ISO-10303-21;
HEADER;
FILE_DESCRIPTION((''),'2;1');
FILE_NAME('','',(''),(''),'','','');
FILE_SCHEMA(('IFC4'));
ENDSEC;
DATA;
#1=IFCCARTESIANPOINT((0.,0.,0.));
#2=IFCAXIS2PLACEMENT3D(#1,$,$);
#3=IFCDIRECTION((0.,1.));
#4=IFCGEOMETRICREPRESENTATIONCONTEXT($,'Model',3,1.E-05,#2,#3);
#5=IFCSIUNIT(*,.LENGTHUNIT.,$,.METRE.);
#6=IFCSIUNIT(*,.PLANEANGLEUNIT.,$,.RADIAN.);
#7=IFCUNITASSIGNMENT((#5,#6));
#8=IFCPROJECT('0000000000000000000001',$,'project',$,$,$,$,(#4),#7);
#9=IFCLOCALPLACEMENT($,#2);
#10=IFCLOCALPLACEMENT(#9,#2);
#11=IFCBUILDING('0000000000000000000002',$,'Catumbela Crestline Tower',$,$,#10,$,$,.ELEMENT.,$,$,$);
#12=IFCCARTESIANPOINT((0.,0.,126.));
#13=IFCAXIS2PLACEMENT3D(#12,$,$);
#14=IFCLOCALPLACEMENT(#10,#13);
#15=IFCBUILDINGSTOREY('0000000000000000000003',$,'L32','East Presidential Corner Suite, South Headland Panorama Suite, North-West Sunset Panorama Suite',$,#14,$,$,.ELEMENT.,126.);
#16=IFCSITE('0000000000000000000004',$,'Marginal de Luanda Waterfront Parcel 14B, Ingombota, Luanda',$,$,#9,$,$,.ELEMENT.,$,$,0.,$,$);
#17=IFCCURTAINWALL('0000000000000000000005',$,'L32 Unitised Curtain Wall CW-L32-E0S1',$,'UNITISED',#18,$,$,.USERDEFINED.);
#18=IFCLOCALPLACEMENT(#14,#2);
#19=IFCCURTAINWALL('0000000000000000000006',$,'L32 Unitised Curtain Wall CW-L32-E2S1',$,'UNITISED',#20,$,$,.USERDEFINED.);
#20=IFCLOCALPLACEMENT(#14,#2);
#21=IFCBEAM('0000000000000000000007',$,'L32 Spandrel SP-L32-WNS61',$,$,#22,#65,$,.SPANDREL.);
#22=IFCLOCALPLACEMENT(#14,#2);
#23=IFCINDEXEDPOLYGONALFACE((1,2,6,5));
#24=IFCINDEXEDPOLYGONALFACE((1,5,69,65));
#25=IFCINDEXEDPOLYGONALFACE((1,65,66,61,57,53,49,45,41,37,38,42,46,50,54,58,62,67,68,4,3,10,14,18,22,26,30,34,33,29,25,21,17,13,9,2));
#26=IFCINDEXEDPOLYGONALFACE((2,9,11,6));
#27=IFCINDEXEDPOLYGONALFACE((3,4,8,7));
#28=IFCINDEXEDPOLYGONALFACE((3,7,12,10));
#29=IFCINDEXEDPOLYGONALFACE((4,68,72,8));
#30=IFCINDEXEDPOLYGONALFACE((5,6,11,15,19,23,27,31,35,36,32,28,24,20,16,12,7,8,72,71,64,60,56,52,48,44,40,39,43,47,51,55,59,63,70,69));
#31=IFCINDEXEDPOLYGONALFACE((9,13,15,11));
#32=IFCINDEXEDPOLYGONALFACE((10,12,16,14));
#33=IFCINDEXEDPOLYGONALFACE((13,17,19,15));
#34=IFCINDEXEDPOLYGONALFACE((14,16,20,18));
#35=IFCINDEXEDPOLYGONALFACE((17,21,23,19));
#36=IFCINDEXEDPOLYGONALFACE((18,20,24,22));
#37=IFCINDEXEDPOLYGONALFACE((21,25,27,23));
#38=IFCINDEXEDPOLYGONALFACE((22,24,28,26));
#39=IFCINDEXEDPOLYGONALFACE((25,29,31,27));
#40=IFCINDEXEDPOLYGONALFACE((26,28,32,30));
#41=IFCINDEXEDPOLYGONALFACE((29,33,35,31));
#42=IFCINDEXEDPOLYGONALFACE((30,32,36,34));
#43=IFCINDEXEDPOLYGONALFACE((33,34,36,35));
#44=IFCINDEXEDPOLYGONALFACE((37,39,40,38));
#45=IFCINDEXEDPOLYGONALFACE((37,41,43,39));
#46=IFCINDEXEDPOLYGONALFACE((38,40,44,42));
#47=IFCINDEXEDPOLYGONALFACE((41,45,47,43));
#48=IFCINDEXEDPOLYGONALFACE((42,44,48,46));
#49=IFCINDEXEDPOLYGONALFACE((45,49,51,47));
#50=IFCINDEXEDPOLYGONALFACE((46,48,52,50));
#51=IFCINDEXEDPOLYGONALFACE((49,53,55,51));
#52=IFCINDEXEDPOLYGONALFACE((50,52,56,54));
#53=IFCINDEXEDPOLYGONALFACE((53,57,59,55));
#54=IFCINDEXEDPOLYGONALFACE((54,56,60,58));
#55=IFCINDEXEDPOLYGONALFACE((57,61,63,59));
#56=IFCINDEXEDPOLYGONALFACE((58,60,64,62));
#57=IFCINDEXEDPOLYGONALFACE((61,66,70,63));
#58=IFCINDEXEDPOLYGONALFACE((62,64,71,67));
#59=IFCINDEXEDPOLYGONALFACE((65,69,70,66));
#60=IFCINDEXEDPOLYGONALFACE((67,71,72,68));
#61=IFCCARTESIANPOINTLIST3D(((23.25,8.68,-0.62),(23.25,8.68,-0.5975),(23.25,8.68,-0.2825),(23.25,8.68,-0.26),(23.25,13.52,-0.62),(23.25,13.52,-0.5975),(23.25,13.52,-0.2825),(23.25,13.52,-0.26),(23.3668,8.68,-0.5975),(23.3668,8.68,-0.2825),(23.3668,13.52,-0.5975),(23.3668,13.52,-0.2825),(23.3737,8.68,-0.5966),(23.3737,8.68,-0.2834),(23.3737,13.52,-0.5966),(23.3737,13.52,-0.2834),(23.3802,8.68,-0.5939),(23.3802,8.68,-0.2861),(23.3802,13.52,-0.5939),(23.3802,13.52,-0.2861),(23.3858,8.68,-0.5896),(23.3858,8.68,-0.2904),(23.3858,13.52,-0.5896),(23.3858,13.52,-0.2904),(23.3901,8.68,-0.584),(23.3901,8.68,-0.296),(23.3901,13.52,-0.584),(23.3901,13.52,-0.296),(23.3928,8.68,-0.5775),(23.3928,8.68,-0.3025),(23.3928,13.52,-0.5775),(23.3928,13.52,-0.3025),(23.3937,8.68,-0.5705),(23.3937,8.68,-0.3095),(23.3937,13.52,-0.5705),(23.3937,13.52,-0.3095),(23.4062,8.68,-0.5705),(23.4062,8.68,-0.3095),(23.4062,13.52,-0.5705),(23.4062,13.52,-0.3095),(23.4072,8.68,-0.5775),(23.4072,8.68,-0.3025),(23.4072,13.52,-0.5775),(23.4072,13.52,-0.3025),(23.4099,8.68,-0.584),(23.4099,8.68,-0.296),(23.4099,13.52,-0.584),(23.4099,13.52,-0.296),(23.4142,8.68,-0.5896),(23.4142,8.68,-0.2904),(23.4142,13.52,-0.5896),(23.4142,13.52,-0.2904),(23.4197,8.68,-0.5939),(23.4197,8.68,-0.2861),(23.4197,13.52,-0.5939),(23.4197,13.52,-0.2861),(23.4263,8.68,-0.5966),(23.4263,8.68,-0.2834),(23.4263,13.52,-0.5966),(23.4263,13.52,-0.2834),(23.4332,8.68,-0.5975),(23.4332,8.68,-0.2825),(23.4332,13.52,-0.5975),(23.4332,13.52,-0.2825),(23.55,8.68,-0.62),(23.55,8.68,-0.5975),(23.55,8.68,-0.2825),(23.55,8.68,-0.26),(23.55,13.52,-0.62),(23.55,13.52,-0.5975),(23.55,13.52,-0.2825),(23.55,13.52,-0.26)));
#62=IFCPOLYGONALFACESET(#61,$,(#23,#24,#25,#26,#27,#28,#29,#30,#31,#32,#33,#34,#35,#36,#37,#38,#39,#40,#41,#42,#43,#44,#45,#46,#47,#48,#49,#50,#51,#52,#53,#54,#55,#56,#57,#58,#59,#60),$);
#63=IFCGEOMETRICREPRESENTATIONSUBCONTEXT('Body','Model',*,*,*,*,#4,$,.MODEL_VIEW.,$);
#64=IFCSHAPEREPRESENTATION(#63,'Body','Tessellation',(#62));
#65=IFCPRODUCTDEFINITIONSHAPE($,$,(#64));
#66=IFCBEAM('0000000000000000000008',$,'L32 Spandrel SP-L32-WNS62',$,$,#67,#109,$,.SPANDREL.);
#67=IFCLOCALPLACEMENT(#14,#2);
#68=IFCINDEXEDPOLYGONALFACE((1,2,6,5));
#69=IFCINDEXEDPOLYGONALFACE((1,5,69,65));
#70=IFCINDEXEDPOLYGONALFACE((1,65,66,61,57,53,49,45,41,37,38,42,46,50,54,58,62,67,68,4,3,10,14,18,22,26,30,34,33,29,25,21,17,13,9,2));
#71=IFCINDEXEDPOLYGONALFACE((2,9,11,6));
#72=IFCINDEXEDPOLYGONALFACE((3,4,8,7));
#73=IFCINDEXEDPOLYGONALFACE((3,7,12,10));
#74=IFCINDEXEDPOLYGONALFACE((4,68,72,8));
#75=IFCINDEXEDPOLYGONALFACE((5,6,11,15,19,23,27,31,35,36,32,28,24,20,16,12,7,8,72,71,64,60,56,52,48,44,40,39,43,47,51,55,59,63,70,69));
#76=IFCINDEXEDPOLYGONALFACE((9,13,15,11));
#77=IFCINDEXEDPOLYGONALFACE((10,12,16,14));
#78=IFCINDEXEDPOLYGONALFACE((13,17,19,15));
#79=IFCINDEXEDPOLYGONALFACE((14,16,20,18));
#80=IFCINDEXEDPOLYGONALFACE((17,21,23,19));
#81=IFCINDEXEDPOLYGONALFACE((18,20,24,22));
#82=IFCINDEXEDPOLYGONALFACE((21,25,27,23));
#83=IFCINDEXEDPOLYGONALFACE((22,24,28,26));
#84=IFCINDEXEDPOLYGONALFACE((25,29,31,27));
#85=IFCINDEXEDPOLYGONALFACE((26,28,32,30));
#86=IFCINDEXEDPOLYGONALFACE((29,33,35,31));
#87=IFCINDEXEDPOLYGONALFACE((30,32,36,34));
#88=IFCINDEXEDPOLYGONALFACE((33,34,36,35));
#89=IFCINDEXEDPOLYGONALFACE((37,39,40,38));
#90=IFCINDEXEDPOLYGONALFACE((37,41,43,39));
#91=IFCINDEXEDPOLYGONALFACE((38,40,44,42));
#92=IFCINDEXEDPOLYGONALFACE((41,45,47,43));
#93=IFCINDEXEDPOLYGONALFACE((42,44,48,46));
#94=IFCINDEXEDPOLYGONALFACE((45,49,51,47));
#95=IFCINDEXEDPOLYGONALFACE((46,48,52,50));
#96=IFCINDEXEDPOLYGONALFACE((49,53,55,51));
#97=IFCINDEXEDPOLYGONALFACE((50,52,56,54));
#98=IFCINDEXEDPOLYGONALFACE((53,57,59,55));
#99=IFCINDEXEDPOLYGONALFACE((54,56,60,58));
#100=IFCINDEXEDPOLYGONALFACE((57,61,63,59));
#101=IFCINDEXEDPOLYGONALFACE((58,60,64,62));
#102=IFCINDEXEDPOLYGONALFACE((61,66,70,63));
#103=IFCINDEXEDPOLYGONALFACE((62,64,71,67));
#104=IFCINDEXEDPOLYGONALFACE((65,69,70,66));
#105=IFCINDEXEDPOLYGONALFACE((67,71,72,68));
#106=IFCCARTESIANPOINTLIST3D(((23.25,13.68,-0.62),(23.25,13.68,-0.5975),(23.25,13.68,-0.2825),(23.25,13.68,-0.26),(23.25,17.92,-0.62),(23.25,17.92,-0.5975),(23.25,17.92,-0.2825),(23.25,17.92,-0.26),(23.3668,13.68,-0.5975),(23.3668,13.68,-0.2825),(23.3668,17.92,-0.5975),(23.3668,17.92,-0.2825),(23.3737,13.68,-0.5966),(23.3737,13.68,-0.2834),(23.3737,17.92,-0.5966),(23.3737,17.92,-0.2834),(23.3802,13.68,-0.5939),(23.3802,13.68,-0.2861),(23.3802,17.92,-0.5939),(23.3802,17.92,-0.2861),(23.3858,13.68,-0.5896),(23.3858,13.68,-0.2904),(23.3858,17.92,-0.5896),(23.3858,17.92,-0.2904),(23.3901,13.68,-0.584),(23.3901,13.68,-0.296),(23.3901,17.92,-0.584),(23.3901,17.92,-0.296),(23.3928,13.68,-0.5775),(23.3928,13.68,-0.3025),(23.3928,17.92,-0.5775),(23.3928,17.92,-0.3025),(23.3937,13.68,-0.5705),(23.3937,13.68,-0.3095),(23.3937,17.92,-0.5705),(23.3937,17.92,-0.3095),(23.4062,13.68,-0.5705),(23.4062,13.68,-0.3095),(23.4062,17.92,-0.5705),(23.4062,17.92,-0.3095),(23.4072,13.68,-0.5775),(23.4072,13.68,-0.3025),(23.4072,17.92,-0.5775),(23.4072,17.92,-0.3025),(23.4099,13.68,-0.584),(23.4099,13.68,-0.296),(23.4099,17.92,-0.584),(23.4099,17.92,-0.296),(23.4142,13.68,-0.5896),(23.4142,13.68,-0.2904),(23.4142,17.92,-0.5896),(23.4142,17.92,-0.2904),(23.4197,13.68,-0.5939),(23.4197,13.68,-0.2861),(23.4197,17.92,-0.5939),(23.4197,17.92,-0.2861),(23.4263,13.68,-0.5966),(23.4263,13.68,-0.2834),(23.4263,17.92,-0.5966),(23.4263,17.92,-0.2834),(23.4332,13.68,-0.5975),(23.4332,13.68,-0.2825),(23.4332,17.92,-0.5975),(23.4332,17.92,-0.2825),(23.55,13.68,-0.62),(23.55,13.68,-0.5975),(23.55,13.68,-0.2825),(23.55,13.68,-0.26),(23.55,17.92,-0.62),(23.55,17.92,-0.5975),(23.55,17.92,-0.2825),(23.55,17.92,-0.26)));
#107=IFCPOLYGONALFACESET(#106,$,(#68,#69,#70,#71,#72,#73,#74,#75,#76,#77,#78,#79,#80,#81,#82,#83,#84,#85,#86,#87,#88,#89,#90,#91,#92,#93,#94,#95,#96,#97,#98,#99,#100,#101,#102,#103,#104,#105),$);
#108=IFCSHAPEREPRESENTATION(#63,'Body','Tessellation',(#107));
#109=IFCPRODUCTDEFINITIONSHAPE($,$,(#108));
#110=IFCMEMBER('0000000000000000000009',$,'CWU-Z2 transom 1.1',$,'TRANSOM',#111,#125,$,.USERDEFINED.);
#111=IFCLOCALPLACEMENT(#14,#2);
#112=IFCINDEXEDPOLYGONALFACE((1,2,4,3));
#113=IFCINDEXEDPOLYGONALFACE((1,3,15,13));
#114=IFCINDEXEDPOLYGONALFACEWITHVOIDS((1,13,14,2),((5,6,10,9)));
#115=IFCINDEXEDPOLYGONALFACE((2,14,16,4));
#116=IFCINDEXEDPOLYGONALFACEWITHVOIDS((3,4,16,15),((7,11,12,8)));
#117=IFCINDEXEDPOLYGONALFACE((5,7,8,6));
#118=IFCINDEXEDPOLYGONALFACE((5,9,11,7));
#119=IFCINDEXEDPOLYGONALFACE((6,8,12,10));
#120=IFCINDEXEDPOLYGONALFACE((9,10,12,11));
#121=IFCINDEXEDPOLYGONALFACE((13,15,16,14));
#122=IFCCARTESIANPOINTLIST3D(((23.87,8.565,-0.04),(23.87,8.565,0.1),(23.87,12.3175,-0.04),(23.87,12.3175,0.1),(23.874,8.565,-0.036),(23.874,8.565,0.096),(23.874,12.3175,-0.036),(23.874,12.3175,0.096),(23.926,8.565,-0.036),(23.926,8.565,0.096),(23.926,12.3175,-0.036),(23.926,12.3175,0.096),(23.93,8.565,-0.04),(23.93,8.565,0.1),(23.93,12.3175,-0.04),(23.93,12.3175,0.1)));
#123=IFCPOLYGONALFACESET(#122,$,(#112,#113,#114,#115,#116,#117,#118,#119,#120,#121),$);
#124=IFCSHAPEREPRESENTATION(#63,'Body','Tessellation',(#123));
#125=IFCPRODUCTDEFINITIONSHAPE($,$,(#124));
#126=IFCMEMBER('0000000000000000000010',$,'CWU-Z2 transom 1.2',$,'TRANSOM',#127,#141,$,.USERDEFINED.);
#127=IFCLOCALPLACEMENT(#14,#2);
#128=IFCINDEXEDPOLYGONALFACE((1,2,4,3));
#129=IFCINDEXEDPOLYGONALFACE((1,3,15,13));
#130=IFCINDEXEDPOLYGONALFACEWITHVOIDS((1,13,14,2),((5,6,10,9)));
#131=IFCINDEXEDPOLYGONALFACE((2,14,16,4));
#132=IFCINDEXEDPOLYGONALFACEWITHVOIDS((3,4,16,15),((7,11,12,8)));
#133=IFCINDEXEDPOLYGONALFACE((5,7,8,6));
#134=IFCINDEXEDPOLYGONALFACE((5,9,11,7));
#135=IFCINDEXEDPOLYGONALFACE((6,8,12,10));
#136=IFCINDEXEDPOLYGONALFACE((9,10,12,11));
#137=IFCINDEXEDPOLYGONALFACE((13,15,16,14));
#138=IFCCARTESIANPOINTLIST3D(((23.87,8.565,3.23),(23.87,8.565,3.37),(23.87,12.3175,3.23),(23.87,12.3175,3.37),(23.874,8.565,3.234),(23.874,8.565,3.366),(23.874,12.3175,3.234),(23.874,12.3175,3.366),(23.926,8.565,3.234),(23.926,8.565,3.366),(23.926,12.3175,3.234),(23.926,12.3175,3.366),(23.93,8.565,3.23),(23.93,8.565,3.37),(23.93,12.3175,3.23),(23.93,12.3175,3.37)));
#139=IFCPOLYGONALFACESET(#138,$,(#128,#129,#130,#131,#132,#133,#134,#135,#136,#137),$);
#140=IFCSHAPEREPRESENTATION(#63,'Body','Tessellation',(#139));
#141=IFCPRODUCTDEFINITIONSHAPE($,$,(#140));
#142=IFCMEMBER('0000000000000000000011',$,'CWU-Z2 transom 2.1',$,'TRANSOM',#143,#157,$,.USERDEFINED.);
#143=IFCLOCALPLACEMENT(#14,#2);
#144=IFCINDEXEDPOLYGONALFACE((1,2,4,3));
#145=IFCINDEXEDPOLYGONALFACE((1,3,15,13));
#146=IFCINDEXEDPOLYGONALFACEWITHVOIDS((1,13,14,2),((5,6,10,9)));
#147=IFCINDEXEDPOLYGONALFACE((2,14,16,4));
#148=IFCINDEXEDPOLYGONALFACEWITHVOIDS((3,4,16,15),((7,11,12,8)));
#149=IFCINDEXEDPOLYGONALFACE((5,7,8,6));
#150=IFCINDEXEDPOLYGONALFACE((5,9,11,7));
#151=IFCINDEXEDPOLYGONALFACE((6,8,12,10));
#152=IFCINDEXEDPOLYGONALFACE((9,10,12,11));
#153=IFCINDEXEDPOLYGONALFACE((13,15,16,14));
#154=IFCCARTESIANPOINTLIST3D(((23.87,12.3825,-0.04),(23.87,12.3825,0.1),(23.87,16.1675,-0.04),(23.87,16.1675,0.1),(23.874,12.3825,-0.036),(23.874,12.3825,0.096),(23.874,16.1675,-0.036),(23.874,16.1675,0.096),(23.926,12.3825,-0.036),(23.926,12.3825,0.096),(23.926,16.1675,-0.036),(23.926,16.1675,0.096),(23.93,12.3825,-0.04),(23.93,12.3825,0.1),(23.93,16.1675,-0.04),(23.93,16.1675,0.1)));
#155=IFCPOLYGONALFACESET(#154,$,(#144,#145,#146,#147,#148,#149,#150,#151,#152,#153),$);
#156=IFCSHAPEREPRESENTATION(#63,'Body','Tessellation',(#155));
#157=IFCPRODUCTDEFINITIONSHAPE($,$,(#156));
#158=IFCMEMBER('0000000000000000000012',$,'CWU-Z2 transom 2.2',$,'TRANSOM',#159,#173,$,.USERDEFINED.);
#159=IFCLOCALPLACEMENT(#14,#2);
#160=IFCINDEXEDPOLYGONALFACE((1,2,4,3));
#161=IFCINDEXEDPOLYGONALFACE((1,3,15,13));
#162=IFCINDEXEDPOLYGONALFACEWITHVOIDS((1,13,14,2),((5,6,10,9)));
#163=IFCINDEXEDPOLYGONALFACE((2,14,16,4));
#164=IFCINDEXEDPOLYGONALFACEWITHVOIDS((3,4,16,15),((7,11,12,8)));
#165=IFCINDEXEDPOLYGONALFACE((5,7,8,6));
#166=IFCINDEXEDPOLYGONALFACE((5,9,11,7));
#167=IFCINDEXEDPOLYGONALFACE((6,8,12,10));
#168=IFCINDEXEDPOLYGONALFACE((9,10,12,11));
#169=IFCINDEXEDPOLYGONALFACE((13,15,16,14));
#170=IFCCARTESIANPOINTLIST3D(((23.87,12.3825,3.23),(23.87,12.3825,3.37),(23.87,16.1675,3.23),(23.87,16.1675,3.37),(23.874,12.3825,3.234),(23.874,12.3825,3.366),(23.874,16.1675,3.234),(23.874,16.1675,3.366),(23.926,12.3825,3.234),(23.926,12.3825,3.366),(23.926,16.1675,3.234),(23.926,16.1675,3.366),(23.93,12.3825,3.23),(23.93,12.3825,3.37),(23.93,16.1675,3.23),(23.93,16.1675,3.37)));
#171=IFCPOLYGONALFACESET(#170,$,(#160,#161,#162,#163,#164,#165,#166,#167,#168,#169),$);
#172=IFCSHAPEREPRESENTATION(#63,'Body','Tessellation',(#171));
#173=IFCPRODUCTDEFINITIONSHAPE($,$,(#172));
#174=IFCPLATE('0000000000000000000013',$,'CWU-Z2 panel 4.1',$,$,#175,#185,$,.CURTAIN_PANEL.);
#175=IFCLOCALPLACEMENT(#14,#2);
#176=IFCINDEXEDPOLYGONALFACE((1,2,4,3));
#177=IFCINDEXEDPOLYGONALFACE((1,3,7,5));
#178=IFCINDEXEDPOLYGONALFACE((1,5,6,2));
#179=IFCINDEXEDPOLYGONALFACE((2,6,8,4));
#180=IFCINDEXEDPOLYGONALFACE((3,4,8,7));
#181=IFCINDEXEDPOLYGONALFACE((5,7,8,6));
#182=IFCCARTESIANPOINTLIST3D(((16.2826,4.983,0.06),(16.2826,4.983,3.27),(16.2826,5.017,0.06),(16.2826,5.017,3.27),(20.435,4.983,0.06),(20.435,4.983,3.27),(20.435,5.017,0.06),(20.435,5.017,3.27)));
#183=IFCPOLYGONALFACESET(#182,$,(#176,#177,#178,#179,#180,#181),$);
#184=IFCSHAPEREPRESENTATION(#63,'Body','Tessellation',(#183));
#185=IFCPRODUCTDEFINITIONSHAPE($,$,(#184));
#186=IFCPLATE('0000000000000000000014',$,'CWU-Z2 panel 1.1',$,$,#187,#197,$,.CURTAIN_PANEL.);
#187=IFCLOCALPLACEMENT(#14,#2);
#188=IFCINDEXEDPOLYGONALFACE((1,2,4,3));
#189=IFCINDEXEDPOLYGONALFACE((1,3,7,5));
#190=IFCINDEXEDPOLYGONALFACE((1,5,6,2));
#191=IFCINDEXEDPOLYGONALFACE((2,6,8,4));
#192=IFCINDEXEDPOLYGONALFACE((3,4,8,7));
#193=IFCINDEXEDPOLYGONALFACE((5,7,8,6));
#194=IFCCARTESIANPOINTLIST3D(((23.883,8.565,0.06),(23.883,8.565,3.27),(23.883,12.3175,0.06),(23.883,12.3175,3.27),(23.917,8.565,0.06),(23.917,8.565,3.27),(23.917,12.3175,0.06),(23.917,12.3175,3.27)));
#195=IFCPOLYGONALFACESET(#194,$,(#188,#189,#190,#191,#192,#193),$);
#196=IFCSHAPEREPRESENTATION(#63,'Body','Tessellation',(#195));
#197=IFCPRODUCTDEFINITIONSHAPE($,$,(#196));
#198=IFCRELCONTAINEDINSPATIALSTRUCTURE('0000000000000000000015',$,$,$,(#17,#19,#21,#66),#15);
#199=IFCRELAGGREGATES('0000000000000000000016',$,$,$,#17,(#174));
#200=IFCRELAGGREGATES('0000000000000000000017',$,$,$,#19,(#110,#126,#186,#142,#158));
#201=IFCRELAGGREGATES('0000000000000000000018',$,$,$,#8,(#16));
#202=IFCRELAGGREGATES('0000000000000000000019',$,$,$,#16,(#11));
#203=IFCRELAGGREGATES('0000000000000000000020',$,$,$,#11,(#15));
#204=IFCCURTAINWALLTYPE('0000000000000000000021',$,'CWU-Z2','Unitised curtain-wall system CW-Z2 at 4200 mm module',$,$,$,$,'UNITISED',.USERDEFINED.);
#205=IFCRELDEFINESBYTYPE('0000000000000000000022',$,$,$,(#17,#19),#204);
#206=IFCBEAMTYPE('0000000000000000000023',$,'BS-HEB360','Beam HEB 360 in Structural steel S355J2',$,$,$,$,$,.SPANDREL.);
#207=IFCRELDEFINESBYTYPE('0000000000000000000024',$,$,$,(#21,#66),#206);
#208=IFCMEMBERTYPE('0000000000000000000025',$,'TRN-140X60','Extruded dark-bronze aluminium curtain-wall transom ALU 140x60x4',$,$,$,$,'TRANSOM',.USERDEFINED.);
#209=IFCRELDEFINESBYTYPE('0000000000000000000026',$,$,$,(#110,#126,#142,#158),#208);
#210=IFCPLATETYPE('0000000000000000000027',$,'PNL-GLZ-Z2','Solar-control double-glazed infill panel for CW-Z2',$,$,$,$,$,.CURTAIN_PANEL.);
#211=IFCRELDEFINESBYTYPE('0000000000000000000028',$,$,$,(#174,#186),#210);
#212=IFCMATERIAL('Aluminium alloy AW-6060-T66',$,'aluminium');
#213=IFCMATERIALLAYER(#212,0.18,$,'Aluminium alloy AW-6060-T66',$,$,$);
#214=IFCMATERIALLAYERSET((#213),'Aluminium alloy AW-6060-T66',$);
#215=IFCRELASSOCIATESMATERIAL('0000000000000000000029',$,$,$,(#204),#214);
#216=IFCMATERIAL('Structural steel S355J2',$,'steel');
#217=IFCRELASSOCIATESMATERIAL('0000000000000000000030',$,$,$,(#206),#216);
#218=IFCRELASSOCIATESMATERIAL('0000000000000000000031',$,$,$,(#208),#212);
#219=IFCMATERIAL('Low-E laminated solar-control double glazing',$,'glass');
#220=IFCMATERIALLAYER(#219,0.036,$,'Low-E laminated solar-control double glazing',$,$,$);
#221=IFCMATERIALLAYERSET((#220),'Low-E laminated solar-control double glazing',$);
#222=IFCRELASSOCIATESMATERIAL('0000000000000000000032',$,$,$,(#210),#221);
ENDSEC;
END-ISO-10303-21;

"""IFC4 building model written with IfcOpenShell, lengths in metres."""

from ifc_helpers import new_model, si_unit, direction, frame, origin, origin_2d, place, context, subcontext, project, spatial, rectangle, hollow_rectangle, i_section, extrude, material, layer, layer_set, material_profile, profile_set, type_object, element, aggregate, save


model = new_model("IFC4")

# Units and contexts
model_context = context("Model", 3, precision=1e-05, world=origin(), true_north=direction((0.0, 1.0)))
body_context = subcontext(model_context, "Body", "Model", "MODEL_VIEW")
ifc_project = project(units=[si_unit("LENGTHUNIT", "METRE"), si_unit("PLANEANGLEUNIT", "RADIAN")], contexts=[model_context])

# Site, building, storey
site_placement = place(None, origin())
site = spatial("IfcSite", under=ifc_project, at=site_placement, Name="Marginal de Luanda Waterfront Parcel 14B, Ingombota, Luanda", CompositionType="ELEMENT", RefElevation=0.0)
building_placement = place(site_placement, origin())
building = spatial("IfcBuilding", under=site, at=building_placement, Name="Catumbela Crestline Tower", CompositionType="ELEMENT")
storey_placement = place(building_placement, frame((0.0, 0.0, 126.0)))
storey = spatial("IfcBuildingStorey", under=building, at=storey_placement, Name="L32", Description="East Presidential Corner Suite, South Headland Panorama Suite, North-West Sunset Panorama Suite", CompositionType="ELEMENT", Elevation=126.0)

# Shared definitions
ifc_material_1 = material(Name="Structural steel S355J2", Category="steel")

# Curtain wall
ifc_material_2 = material(Name="Aluminium alloy AW-6060-T66", Category="aluminium")
ifc_layer_1 = layer(ifc_material_2, 0.18, Name="Aluminium alloy AW-6060-T66")
ifc_layer_set_1 = layer_set([ifc_layer_1], Name="Aluminium alloy AW-6060-T66")
curtain_wall_type = type_object("IfcCurtainWallType", Name="CWU-Z2", Description="Unitised curtain-wall system CW-Z2 at 4200 mm module", ElementType="UNITISED", PredefinedType="USERDEFINED", material=ifc_layer_set_1)
curtain_wall_1_placement = place(storey_placement, origin())
curtain_wall_1 = element("IfcCurtainWall", 1, at=curtain_wall_1_placement, inside=storey, type_object=curtain_wall_type, Name="L32 Unitised Curtain Wall CW-L32-E0S1", ObjectType="UNITISED", PredefinedType="USERDEFINED")

# Curtain wall
curtain_wall_2_placement = place(storey_placement, origin())
curtain_wall_2 = element("IfcCurtainWall", 2, at=curtain_wall_2_placement, inside=storey, type_object=curtain_wall_type, Name="L32 Unitised Curtain Wall CW-L32-E2S1", ObjectType="UNITISED", PredefinedType="USERDEFINED")

# Beams
ifc_material_profile_1 = material_profile(ifc_material_1, i_section(OverallWidth=0.3, OverallDepth=0.36, WebThickness=0.0125, FlangeThickness=0.0225, FilletRadius=0.027, at=origin_2d()), Name="HEB 360")
ifc_profile_set_1 = profile_set([ifc_material_profile_1], Name="Structural steel S355J2")
beam_type_1 = type_object("IfcBeamType", Name="BS-HEB360", Description="Beam HEB 360 in Structural steel S355J2", PredefinedType="SPANDREL", material=ifc_profile_set_1)
beam_1_placement = place(storey_placement, frame((23.4, 8.68, -0.44), z_axis=(0.0, 1.0, 0.0), x_axis=(-1.0, 0.0, 0.0)))
element("IfcBeam", 3, at=beam_1_placement, inside=storey, type_object=beam_type_1, Name="L32 Spandrel SP-L32-WNS61", PredefinedType="SPANDREL", context=body_context, shape_type="SweptSolid", body=[
    extrude(i_section(OverallWidth=0.3, OverallDepth=0.36, WebThickness=0.0125, FlangeThickness=0.0225, FilletRadius=0.027, at=origin_2d()), origin(), (0.0, 0.0, 1.0), 4.84),
])
beam_2_placement = place(storey_placement, frame((23.4, 13.68, -0.44), z_axis=(0.0, 1.0, 0.0), x_axis=(-1.0, 0.0, 0.0)))
element("IfcBeam", 4, at=beam_2_placement, inside=storey, type_object=beam_type_1, Name="L32 Spandrel SP-L32-WNS62", PredefinedType="SPANDREL", context=body_context, shape_type="SweptSolid", body=[
    extrude(i_section(OverallWidth=0.3, OverallDepth=0.36, WebThickness=0.0125, FlangeThickness=0.0225, FilletRadius=0.027, at=origin_2d()), origin(), (0.0, 0.0, 1.0), 4.24),
])

# Members
ifc_material_profile_2 = material_profile(ifc_material_2, hollow_rectangle(XDim=0.06, YDim=0.14, WallThickness=0.004, at=origin_2d()), Name="ALU 140x60x4")
ifc_profile_set_2 = profile_set([ifc_material_profile_2], Name="Aluminium alloy AW-6060-T66")
member_type_1 = type_object("IfcMemberType", Name="TRN-140X60", Description="Extruded dark-bronze aluminium curtain-wall transom ALU 140x60x4", ElementType="TRANSOM", PredefinedType="USERDEFINED", material=ifc_profile_set_2)
member_1_placement = place(storey_placement, frame((23.9, 8.565, 0.03), z_axis=(0.0, 1.0, 0.0), x_axis=(-1.0, 0.0, 0.0)))
member_1 = element("IfcMember", 5, at=member_1_placement, type_object=member_type_1, Name="CWU-Z2 transom 1.1", ObjectType="TRANSOM", PredefinedType="USERDEFINED", context=body_context, shape_type="SweptSolid", body=[
    extrude(hollow_rectangle(XDim=0.06, YDim=0.14, WallThickness=0.004, at=origin_2d()), origin(), (0.0, 0.0, 1.0), 3.7525),
])
member_2_placement = place(storey_placement, frame((23.9, 8.565, 3.3), z_axis=(0.0, 1.0, 0.0), x_axis=(-1.0, 0.0, 0.0)))
member_2 = element("IfcMember", 6, at=member_2_placement, type_object=member_type_1, Name="CWU-Z2 transom 1.2", ObjectType="TRANSOM", PredefinedType="USERDEFINED", context=body_context, shape_type="SweptSolid", body=[
    extrude(hollow_rectangle(XDim=0.06, YDim=0.14, WallThickness=0.004, at=origin_2d()), origin(), (0.0, 0.0, 1.0), 3.7525),
])
member_3_placement = place(storey_placement, frame((23.9, 12.3825, 0.03), z_axis=(0.0, 1.0, 0.0), x_axis=(-1.0, 0.0, 0.0)))
member_3 = element("IfcMember", 7, at=member_3_placement, type_object=member_type_1, Name="CWU-Z2 transom 2.1", ObjectType="TRANSOM", PredefinedType="USERDEFINED", context=body_context, shape_type="SweptSolid", body=[
    extrude(hollow_rectangle(XDim=0.06, YDim=0.14, WallThickness=0.004, at=origin_2d()), origin(), (0.0, 0.0, 1.0), 3.785),
])
member_4_placement = place(storey_placement, frame((23.9, 12.3825, 3.3), z_axis=(0.0, 1.0, 0.0), x_axis=(-1.0, 0.0, 0.0)))
member_4 = element("IfcMember", 8, at=member_4_placement, type_object=member_type_1, Name="CWU-Z2 transom 2.2", ObjectType="TRANSOM", PredefinedType="USERDEFINED", context=body_context, shape_type="SweptSolid", body=[
    extrude(hollow_rectangle(XDim=0.06, YDim=0.14, WallThickness=0.004, at=origin_2d()), origin(), (0.0, 0.0, 1.0), 3.785),
])

# Plates
ifc_material_3 = material(Name="Low-E laminated solar-control double glazing", Category="glass")
ifc_layer_2 = layer(ifc_material_3, 0.036, Name="Low-E laminated solar-control double glazing")
ifc_layer_set_2 = layer_set([ifc_layer_2], Name="Low-E laminated solar-control double glazing")
plate_type = type_object("IfcPlateType", Name="PNL-GLZ-Z2", Description="Solar-control double-glazed infill panel for CW-Z2", PredefinedType="CURTAIN_PANEL", material=ifc_layer_set_2)
plate_1_placement = place(storey_placement, frame((18.3588, 5.0, 0.06), z_axis=(0.0, 0.0, 1.0), x_axis=(1.0, 0.0, 0.0)))
plate_1 = element("IfcPlate", 9, at=plate_1_placement, type_object=plate_type, Name="CWU-Z2 panel 4.1", PredefinedType="CURTAIN_PANEL", context=body_context, shape_type="SweptSolid", body=[
    extrude(rectangle(XDim=4.1525, YDim=0.034, at=origin_2d()), origin(), (0.0, 0.0, 1.0), 3.21),
])
aggregate(curtain_wall_1, [plate_1])
plate_2_placement = place(storey_placement, frame((23.9, 10.4412, 0.06), z_axis=(0.0, 0.0, 1.0), x_axis=(0.0, 1.0, 0.0)))
plate_2 = element("IfcPlate", 10, at=plate_2_placement, type_object=plate_type, Name="CWU-Z2 panel 1.1", PredefinedType="CURTAIN_PANEL", context=body_context, shape_type="SweptSolid", body=[
    extrude(rectangle(XDim=3.7525, YDim=0.034, at=origin_2d()), origin(), (0.0, 0.0, 1.0), 3.21),
])
aggregate(curtain_wall_2, [member_1, member_2, plate_2, member_3, member_4])

save(model, "model.ifc")
